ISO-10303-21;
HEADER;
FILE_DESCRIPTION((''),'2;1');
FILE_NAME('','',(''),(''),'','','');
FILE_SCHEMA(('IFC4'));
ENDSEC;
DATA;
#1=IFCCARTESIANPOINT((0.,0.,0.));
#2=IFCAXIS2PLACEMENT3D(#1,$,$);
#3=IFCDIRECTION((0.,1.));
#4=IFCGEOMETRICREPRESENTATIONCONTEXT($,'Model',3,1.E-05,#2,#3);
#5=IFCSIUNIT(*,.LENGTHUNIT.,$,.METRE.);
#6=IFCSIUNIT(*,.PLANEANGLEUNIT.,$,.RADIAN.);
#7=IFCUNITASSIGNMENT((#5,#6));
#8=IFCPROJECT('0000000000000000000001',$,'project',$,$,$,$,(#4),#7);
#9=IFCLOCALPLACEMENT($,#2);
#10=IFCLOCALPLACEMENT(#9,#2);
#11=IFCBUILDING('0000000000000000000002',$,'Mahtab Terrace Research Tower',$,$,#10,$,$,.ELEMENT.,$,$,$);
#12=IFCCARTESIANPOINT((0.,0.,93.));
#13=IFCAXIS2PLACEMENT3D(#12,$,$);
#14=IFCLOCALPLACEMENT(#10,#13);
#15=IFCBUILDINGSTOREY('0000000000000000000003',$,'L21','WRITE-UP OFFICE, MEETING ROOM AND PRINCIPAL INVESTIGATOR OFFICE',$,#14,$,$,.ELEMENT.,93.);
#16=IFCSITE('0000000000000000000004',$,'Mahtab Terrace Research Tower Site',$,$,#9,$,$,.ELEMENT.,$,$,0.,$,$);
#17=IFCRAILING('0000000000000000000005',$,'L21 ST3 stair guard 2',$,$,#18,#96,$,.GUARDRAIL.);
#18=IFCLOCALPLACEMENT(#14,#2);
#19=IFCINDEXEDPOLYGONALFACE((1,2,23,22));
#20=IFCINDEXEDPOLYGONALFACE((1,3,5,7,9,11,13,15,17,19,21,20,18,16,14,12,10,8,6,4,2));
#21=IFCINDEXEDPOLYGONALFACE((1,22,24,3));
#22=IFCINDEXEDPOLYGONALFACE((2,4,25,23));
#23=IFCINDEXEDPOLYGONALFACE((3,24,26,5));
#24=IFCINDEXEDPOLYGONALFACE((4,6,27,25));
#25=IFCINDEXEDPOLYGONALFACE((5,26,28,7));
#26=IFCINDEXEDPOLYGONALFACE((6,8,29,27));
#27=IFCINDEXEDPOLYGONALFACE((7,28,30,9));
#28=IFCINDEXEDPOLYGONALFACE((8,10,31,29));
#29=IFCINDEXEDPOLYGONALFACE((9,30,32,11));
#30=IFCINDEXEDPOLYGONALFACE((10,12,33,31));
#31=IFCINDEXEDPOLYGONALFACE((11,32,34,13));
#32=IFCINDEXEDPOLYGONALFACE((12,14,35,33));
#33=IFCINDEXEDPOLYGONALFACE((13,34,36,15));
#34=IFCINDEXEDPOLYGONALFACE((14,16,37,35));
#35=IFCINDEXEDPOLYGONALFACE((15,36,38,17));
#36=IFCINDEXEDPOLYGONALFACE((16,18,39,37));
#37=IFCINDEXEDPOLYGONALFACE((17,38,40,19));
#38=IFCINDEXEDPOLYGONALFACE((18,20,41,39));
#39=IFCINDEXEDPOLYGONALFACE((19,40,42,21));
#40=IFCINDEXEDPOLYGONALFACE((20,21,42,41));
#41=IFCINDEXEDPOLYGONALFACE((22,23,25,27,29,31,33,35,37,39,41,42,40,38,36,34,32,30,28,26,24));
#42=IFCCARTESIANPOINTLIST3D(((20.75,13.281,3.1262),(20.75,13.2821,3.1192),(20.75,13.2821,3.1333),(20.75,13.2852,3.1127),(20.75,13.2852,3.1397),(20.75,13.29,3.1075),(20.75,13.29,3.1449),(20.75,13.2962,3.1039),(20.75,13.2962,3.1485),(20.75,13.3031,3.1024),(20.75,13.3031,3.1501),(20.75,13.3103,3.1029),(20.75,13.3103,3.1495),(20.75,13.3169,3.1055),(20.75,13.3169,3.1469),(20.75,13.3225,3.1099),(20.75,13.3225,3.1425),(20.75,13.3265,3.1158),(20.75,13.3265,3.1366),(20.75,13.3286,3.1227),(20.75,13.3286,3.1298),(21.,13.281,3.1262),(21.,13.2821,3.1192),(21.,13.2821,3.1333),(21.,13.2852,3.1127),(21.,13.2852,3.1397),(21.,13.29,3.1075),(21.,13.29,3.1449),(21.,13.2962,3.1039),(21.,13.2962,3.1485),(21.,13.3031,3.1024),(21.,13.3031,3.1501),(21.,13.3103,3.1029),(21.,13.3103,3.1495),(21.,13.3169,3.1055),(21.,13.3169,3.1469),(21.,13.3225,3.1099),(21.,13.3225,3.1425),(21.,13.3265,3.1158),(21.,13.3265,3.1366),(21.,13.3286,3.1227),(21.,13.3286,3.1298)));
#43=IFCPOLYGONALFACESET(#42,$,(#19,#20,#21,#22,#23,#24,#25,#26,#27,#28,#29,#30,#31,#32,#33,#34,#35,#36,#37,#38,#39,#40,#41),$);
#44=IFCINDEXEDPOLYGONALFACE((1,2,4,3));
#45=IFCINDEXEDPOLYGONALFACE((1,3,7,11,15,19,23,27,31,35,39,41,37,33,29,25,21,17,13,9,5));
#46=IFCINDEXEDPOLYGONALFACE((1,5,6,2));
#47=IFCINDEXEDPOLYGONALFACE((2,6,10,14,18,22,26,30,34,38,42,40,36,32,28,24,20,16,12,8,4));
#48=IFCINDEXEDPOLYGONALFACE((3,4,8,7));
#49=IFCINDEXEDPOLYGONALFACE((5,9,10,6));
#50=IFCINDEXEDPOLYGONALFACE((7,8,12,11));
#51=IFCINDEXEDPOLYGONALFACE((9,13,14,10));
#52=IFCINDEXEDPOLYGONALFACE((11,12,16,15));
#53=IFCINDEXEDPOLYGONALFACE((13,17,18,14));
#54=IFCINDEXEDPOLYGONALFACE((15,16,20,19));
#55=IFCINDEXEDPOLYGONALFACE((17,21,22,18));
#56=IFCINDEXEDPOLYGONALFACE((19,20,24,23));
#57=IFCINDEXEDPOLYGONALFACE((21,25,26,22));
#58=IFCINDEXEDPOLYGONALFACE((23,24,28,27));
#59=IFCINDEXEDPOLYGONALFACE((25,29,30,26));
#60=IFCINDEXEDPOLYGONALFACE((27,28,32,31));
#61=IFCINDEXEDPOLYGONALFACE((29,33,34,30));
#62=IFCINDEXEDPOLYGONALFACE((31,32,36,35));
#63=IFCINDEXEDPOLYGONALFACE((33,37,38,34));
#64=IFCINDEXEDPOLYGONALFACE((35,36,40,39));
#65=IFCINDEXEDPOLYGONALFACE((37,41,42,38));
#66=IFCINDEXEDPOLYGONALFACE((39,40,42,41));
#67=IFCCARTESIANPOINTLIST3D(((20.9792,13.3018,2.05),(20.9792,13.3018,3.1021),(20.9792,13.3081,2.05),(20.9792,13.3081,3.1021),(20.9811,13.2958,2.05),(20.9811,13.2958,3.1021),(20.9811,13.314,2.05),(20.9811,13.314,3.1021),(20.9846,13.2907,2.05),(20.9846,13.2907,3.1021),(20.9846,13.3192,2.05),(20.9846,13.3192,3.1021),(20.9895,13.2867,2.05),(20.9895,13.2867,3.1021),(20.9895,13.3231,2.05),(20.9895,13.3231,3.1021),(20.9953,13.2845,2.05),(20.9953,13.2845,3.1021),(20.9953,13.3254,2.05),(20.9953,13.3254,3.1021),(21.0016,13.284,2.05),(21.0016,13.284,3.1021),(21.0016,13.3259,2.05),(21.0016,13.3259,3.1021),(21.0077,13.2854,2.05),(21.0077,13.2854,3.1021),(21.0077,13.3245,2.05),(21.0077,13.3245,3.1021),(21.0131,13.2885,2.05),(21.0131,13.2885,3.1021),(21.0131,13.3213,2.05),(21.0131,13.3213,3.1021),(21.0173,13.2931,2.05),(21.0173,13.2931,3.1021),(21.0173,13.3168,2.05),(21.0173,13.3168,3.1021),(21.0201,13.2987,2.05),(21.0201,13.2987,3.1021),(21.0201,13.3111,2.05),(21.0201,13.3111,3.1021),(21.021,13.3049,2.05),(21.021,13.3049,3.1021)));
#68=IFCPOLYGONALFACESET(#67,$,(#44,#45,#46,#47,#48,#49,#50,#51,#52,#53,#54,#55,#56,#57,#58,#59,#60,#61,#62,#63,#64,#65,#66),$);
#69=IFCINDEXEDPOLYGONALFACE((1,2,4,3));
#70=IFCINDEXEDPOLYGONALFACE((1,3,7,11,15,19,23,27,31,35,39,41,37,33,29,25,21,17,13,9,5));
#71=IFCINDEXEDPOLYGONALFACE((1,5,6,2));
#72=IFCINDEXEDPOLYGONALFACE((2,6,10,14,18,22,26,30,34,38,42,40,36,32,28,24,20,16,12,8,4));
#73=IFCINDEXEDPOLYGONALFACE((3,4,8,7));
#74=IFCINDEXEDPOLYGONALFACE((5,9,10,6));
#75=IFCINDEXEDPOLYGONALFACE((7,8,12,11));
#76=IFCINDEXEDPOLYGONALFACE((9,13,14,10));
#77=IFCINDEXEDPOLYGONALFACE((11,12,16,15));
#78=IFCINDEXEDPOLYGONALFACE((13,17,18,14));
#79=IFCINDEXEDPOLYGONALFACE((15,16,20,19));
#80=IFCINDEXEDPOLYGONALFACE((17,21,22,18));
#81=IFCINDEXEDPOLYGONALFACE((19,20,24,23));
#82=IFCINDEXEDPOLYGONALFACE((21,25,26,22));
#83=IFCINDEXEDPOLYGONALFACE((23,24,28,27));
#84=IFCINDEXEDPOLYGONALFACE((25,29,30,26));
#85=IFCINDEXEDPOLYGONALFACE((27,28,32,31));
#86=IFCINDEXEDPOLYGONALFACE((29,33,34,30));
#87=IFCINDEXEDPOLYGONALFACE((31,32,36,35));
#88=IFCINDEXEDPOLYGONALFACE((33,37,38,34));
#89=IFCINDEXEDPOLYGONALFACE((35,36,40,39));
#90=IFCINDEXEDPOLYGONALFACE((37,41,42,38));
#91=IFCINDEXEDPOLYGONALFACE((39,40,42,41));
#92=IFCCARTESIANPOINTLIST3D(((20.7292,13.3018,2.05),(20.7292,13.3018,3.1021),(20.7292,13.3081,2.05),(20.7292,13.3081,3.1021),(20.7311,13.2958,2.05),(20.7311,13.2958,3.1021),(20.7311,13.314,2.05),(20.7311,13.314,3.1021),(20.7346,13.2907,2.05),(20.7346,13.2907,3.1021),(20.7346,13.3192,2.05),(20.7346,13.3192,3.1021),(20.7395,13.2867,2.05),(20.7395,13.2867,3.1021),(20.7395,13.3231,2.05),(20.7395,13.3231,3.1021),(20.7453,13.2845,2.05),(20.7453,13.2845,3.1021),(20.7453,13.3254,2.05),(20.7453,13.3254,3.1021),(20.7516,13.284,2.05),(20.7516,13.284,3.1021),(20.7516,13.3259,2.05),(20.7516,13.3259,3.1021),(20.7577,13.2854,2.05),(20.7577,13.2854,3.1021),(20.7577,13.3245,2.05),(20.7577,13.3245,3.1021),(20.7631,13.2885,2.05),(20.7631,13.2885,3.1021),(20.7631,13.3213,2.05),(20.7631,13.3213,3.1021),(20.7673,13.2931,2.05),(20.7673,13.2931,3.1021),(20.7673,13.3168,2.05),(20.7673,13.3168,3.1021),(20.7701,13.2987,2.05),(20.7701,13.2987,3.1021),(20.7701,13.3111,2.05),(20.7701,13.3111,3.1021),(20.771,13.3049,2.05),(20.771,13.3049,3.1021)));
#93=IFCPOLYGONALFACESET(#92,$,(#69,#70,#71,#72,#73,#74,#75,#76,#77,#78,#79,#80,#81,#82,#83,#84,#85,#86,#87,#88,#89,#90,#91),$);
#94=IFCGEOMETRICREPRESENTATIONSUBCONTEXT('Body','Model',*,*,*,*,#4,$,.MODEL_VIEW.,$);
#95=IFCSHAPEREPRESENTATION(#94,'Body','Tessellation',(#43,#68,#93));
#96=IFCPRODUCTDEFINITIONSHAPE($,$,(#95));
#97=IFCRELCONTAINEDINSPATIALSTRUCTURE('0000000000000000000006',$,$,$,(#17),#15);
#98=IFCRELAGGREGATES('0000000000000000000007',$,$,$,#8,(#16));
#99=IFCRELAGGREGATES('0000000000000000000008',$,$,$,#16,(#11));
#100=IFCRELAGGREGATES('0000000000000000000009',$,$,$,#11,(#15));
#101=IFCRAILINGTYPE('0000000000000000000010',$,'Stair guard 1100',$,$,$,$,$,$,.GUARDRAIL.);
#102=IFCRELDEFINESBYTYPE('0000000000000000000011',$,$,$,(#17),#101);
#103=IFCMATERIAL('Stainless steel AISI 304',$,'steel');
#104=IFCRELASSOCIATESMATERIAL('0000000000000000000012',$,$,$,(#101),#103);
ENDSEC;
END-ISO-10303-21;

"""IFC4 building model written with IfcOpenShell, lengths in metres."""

from ifc_helpers import new_model, si_unit, direction, frame, origin, origin_2d, place, context, subcontext, project, spatial, circle, extrude, material, type_object, element, save


model = new_model("IFC4")

# Units and contexts
model_context = context("Model", 3, precision=1e-05, world=origin(), true_north=direction((0.0, 1.0)))
body_context = subcontext(model_context, "Body", "Model", "MODEL_VIEW")
ifc_project = project(units=[si_unit("LENGTHUNIT", "METRE"), si_unit("PLANEANGLEUNIT", "RADIAN")], contexts=[model_context])

# Site, building, storey
site_placement = place(None, origin())
site = spatial("IfcSite", under=ifc_project, at=site_placement, Name="Mahtab Terrace Research Tower Site", CompositionType="ELEMENT", RefElevation=0.0)
building_placement = place(site_placement, origin())
building = spatial("IfcBuilding", under=site, at=building_placement, Name="Mahtab Terrace Research Tower", CompositionType="ELEMENT")
storey_placement = place(building_placement, frame((0.0, 0.0, 93.0)))
storey = spatial("IfcBuildingStorey", under=building, at=storey_placement, Name="L21", Description="WRITE-UP OFFICE, MEETING ROOM AND PRINCIPAL INVESTIGATOR OFFICE", CompositionType="ELEMENT", Elevation=93.0)

# Shared definitions
ifc_material_1 = material(Name="Stainless steel AISI 304", Category="steel")

# Railing
railing_type_1 = type_object("IfcRailingType", Name="Stair guard 1100", PredefinedType="GUARDRAIL", material=ifc_material_1)
railing_1_placement = place(storey_placement, frame((21.0, 13.3049, 2.05)))
element("IfcRailing", 1, at=railing_1_placement, inside=storey, type_object=railing_type_1, Name="L21 ST3 stair guard 2", PredefinedType="GUARDRAIL", context=body_context, shape_type="SweptSolid", body=[
    extrude(circle(Radius=0.0239, at=origin_2d()), frame((0.0, 0.0, 1.0762), z_axis=(-1.0, 0.0, 0.0), x_axis=(0.0, -1.0, 0.0)), (0.0, 0.0, 1.0), 0.25),
    extrude(circle(Radius=0.021, at=origin_2d()), origin(), (0.0, 0.0, 1.0), 1.052),
    extrude(circle(Radius=0.021, at=origin_2d()), frame((-0.25, 0.0, 0.0)), (0.0, 0.0, 1.0), 1.052),
])

save(model, "model.ifc")
